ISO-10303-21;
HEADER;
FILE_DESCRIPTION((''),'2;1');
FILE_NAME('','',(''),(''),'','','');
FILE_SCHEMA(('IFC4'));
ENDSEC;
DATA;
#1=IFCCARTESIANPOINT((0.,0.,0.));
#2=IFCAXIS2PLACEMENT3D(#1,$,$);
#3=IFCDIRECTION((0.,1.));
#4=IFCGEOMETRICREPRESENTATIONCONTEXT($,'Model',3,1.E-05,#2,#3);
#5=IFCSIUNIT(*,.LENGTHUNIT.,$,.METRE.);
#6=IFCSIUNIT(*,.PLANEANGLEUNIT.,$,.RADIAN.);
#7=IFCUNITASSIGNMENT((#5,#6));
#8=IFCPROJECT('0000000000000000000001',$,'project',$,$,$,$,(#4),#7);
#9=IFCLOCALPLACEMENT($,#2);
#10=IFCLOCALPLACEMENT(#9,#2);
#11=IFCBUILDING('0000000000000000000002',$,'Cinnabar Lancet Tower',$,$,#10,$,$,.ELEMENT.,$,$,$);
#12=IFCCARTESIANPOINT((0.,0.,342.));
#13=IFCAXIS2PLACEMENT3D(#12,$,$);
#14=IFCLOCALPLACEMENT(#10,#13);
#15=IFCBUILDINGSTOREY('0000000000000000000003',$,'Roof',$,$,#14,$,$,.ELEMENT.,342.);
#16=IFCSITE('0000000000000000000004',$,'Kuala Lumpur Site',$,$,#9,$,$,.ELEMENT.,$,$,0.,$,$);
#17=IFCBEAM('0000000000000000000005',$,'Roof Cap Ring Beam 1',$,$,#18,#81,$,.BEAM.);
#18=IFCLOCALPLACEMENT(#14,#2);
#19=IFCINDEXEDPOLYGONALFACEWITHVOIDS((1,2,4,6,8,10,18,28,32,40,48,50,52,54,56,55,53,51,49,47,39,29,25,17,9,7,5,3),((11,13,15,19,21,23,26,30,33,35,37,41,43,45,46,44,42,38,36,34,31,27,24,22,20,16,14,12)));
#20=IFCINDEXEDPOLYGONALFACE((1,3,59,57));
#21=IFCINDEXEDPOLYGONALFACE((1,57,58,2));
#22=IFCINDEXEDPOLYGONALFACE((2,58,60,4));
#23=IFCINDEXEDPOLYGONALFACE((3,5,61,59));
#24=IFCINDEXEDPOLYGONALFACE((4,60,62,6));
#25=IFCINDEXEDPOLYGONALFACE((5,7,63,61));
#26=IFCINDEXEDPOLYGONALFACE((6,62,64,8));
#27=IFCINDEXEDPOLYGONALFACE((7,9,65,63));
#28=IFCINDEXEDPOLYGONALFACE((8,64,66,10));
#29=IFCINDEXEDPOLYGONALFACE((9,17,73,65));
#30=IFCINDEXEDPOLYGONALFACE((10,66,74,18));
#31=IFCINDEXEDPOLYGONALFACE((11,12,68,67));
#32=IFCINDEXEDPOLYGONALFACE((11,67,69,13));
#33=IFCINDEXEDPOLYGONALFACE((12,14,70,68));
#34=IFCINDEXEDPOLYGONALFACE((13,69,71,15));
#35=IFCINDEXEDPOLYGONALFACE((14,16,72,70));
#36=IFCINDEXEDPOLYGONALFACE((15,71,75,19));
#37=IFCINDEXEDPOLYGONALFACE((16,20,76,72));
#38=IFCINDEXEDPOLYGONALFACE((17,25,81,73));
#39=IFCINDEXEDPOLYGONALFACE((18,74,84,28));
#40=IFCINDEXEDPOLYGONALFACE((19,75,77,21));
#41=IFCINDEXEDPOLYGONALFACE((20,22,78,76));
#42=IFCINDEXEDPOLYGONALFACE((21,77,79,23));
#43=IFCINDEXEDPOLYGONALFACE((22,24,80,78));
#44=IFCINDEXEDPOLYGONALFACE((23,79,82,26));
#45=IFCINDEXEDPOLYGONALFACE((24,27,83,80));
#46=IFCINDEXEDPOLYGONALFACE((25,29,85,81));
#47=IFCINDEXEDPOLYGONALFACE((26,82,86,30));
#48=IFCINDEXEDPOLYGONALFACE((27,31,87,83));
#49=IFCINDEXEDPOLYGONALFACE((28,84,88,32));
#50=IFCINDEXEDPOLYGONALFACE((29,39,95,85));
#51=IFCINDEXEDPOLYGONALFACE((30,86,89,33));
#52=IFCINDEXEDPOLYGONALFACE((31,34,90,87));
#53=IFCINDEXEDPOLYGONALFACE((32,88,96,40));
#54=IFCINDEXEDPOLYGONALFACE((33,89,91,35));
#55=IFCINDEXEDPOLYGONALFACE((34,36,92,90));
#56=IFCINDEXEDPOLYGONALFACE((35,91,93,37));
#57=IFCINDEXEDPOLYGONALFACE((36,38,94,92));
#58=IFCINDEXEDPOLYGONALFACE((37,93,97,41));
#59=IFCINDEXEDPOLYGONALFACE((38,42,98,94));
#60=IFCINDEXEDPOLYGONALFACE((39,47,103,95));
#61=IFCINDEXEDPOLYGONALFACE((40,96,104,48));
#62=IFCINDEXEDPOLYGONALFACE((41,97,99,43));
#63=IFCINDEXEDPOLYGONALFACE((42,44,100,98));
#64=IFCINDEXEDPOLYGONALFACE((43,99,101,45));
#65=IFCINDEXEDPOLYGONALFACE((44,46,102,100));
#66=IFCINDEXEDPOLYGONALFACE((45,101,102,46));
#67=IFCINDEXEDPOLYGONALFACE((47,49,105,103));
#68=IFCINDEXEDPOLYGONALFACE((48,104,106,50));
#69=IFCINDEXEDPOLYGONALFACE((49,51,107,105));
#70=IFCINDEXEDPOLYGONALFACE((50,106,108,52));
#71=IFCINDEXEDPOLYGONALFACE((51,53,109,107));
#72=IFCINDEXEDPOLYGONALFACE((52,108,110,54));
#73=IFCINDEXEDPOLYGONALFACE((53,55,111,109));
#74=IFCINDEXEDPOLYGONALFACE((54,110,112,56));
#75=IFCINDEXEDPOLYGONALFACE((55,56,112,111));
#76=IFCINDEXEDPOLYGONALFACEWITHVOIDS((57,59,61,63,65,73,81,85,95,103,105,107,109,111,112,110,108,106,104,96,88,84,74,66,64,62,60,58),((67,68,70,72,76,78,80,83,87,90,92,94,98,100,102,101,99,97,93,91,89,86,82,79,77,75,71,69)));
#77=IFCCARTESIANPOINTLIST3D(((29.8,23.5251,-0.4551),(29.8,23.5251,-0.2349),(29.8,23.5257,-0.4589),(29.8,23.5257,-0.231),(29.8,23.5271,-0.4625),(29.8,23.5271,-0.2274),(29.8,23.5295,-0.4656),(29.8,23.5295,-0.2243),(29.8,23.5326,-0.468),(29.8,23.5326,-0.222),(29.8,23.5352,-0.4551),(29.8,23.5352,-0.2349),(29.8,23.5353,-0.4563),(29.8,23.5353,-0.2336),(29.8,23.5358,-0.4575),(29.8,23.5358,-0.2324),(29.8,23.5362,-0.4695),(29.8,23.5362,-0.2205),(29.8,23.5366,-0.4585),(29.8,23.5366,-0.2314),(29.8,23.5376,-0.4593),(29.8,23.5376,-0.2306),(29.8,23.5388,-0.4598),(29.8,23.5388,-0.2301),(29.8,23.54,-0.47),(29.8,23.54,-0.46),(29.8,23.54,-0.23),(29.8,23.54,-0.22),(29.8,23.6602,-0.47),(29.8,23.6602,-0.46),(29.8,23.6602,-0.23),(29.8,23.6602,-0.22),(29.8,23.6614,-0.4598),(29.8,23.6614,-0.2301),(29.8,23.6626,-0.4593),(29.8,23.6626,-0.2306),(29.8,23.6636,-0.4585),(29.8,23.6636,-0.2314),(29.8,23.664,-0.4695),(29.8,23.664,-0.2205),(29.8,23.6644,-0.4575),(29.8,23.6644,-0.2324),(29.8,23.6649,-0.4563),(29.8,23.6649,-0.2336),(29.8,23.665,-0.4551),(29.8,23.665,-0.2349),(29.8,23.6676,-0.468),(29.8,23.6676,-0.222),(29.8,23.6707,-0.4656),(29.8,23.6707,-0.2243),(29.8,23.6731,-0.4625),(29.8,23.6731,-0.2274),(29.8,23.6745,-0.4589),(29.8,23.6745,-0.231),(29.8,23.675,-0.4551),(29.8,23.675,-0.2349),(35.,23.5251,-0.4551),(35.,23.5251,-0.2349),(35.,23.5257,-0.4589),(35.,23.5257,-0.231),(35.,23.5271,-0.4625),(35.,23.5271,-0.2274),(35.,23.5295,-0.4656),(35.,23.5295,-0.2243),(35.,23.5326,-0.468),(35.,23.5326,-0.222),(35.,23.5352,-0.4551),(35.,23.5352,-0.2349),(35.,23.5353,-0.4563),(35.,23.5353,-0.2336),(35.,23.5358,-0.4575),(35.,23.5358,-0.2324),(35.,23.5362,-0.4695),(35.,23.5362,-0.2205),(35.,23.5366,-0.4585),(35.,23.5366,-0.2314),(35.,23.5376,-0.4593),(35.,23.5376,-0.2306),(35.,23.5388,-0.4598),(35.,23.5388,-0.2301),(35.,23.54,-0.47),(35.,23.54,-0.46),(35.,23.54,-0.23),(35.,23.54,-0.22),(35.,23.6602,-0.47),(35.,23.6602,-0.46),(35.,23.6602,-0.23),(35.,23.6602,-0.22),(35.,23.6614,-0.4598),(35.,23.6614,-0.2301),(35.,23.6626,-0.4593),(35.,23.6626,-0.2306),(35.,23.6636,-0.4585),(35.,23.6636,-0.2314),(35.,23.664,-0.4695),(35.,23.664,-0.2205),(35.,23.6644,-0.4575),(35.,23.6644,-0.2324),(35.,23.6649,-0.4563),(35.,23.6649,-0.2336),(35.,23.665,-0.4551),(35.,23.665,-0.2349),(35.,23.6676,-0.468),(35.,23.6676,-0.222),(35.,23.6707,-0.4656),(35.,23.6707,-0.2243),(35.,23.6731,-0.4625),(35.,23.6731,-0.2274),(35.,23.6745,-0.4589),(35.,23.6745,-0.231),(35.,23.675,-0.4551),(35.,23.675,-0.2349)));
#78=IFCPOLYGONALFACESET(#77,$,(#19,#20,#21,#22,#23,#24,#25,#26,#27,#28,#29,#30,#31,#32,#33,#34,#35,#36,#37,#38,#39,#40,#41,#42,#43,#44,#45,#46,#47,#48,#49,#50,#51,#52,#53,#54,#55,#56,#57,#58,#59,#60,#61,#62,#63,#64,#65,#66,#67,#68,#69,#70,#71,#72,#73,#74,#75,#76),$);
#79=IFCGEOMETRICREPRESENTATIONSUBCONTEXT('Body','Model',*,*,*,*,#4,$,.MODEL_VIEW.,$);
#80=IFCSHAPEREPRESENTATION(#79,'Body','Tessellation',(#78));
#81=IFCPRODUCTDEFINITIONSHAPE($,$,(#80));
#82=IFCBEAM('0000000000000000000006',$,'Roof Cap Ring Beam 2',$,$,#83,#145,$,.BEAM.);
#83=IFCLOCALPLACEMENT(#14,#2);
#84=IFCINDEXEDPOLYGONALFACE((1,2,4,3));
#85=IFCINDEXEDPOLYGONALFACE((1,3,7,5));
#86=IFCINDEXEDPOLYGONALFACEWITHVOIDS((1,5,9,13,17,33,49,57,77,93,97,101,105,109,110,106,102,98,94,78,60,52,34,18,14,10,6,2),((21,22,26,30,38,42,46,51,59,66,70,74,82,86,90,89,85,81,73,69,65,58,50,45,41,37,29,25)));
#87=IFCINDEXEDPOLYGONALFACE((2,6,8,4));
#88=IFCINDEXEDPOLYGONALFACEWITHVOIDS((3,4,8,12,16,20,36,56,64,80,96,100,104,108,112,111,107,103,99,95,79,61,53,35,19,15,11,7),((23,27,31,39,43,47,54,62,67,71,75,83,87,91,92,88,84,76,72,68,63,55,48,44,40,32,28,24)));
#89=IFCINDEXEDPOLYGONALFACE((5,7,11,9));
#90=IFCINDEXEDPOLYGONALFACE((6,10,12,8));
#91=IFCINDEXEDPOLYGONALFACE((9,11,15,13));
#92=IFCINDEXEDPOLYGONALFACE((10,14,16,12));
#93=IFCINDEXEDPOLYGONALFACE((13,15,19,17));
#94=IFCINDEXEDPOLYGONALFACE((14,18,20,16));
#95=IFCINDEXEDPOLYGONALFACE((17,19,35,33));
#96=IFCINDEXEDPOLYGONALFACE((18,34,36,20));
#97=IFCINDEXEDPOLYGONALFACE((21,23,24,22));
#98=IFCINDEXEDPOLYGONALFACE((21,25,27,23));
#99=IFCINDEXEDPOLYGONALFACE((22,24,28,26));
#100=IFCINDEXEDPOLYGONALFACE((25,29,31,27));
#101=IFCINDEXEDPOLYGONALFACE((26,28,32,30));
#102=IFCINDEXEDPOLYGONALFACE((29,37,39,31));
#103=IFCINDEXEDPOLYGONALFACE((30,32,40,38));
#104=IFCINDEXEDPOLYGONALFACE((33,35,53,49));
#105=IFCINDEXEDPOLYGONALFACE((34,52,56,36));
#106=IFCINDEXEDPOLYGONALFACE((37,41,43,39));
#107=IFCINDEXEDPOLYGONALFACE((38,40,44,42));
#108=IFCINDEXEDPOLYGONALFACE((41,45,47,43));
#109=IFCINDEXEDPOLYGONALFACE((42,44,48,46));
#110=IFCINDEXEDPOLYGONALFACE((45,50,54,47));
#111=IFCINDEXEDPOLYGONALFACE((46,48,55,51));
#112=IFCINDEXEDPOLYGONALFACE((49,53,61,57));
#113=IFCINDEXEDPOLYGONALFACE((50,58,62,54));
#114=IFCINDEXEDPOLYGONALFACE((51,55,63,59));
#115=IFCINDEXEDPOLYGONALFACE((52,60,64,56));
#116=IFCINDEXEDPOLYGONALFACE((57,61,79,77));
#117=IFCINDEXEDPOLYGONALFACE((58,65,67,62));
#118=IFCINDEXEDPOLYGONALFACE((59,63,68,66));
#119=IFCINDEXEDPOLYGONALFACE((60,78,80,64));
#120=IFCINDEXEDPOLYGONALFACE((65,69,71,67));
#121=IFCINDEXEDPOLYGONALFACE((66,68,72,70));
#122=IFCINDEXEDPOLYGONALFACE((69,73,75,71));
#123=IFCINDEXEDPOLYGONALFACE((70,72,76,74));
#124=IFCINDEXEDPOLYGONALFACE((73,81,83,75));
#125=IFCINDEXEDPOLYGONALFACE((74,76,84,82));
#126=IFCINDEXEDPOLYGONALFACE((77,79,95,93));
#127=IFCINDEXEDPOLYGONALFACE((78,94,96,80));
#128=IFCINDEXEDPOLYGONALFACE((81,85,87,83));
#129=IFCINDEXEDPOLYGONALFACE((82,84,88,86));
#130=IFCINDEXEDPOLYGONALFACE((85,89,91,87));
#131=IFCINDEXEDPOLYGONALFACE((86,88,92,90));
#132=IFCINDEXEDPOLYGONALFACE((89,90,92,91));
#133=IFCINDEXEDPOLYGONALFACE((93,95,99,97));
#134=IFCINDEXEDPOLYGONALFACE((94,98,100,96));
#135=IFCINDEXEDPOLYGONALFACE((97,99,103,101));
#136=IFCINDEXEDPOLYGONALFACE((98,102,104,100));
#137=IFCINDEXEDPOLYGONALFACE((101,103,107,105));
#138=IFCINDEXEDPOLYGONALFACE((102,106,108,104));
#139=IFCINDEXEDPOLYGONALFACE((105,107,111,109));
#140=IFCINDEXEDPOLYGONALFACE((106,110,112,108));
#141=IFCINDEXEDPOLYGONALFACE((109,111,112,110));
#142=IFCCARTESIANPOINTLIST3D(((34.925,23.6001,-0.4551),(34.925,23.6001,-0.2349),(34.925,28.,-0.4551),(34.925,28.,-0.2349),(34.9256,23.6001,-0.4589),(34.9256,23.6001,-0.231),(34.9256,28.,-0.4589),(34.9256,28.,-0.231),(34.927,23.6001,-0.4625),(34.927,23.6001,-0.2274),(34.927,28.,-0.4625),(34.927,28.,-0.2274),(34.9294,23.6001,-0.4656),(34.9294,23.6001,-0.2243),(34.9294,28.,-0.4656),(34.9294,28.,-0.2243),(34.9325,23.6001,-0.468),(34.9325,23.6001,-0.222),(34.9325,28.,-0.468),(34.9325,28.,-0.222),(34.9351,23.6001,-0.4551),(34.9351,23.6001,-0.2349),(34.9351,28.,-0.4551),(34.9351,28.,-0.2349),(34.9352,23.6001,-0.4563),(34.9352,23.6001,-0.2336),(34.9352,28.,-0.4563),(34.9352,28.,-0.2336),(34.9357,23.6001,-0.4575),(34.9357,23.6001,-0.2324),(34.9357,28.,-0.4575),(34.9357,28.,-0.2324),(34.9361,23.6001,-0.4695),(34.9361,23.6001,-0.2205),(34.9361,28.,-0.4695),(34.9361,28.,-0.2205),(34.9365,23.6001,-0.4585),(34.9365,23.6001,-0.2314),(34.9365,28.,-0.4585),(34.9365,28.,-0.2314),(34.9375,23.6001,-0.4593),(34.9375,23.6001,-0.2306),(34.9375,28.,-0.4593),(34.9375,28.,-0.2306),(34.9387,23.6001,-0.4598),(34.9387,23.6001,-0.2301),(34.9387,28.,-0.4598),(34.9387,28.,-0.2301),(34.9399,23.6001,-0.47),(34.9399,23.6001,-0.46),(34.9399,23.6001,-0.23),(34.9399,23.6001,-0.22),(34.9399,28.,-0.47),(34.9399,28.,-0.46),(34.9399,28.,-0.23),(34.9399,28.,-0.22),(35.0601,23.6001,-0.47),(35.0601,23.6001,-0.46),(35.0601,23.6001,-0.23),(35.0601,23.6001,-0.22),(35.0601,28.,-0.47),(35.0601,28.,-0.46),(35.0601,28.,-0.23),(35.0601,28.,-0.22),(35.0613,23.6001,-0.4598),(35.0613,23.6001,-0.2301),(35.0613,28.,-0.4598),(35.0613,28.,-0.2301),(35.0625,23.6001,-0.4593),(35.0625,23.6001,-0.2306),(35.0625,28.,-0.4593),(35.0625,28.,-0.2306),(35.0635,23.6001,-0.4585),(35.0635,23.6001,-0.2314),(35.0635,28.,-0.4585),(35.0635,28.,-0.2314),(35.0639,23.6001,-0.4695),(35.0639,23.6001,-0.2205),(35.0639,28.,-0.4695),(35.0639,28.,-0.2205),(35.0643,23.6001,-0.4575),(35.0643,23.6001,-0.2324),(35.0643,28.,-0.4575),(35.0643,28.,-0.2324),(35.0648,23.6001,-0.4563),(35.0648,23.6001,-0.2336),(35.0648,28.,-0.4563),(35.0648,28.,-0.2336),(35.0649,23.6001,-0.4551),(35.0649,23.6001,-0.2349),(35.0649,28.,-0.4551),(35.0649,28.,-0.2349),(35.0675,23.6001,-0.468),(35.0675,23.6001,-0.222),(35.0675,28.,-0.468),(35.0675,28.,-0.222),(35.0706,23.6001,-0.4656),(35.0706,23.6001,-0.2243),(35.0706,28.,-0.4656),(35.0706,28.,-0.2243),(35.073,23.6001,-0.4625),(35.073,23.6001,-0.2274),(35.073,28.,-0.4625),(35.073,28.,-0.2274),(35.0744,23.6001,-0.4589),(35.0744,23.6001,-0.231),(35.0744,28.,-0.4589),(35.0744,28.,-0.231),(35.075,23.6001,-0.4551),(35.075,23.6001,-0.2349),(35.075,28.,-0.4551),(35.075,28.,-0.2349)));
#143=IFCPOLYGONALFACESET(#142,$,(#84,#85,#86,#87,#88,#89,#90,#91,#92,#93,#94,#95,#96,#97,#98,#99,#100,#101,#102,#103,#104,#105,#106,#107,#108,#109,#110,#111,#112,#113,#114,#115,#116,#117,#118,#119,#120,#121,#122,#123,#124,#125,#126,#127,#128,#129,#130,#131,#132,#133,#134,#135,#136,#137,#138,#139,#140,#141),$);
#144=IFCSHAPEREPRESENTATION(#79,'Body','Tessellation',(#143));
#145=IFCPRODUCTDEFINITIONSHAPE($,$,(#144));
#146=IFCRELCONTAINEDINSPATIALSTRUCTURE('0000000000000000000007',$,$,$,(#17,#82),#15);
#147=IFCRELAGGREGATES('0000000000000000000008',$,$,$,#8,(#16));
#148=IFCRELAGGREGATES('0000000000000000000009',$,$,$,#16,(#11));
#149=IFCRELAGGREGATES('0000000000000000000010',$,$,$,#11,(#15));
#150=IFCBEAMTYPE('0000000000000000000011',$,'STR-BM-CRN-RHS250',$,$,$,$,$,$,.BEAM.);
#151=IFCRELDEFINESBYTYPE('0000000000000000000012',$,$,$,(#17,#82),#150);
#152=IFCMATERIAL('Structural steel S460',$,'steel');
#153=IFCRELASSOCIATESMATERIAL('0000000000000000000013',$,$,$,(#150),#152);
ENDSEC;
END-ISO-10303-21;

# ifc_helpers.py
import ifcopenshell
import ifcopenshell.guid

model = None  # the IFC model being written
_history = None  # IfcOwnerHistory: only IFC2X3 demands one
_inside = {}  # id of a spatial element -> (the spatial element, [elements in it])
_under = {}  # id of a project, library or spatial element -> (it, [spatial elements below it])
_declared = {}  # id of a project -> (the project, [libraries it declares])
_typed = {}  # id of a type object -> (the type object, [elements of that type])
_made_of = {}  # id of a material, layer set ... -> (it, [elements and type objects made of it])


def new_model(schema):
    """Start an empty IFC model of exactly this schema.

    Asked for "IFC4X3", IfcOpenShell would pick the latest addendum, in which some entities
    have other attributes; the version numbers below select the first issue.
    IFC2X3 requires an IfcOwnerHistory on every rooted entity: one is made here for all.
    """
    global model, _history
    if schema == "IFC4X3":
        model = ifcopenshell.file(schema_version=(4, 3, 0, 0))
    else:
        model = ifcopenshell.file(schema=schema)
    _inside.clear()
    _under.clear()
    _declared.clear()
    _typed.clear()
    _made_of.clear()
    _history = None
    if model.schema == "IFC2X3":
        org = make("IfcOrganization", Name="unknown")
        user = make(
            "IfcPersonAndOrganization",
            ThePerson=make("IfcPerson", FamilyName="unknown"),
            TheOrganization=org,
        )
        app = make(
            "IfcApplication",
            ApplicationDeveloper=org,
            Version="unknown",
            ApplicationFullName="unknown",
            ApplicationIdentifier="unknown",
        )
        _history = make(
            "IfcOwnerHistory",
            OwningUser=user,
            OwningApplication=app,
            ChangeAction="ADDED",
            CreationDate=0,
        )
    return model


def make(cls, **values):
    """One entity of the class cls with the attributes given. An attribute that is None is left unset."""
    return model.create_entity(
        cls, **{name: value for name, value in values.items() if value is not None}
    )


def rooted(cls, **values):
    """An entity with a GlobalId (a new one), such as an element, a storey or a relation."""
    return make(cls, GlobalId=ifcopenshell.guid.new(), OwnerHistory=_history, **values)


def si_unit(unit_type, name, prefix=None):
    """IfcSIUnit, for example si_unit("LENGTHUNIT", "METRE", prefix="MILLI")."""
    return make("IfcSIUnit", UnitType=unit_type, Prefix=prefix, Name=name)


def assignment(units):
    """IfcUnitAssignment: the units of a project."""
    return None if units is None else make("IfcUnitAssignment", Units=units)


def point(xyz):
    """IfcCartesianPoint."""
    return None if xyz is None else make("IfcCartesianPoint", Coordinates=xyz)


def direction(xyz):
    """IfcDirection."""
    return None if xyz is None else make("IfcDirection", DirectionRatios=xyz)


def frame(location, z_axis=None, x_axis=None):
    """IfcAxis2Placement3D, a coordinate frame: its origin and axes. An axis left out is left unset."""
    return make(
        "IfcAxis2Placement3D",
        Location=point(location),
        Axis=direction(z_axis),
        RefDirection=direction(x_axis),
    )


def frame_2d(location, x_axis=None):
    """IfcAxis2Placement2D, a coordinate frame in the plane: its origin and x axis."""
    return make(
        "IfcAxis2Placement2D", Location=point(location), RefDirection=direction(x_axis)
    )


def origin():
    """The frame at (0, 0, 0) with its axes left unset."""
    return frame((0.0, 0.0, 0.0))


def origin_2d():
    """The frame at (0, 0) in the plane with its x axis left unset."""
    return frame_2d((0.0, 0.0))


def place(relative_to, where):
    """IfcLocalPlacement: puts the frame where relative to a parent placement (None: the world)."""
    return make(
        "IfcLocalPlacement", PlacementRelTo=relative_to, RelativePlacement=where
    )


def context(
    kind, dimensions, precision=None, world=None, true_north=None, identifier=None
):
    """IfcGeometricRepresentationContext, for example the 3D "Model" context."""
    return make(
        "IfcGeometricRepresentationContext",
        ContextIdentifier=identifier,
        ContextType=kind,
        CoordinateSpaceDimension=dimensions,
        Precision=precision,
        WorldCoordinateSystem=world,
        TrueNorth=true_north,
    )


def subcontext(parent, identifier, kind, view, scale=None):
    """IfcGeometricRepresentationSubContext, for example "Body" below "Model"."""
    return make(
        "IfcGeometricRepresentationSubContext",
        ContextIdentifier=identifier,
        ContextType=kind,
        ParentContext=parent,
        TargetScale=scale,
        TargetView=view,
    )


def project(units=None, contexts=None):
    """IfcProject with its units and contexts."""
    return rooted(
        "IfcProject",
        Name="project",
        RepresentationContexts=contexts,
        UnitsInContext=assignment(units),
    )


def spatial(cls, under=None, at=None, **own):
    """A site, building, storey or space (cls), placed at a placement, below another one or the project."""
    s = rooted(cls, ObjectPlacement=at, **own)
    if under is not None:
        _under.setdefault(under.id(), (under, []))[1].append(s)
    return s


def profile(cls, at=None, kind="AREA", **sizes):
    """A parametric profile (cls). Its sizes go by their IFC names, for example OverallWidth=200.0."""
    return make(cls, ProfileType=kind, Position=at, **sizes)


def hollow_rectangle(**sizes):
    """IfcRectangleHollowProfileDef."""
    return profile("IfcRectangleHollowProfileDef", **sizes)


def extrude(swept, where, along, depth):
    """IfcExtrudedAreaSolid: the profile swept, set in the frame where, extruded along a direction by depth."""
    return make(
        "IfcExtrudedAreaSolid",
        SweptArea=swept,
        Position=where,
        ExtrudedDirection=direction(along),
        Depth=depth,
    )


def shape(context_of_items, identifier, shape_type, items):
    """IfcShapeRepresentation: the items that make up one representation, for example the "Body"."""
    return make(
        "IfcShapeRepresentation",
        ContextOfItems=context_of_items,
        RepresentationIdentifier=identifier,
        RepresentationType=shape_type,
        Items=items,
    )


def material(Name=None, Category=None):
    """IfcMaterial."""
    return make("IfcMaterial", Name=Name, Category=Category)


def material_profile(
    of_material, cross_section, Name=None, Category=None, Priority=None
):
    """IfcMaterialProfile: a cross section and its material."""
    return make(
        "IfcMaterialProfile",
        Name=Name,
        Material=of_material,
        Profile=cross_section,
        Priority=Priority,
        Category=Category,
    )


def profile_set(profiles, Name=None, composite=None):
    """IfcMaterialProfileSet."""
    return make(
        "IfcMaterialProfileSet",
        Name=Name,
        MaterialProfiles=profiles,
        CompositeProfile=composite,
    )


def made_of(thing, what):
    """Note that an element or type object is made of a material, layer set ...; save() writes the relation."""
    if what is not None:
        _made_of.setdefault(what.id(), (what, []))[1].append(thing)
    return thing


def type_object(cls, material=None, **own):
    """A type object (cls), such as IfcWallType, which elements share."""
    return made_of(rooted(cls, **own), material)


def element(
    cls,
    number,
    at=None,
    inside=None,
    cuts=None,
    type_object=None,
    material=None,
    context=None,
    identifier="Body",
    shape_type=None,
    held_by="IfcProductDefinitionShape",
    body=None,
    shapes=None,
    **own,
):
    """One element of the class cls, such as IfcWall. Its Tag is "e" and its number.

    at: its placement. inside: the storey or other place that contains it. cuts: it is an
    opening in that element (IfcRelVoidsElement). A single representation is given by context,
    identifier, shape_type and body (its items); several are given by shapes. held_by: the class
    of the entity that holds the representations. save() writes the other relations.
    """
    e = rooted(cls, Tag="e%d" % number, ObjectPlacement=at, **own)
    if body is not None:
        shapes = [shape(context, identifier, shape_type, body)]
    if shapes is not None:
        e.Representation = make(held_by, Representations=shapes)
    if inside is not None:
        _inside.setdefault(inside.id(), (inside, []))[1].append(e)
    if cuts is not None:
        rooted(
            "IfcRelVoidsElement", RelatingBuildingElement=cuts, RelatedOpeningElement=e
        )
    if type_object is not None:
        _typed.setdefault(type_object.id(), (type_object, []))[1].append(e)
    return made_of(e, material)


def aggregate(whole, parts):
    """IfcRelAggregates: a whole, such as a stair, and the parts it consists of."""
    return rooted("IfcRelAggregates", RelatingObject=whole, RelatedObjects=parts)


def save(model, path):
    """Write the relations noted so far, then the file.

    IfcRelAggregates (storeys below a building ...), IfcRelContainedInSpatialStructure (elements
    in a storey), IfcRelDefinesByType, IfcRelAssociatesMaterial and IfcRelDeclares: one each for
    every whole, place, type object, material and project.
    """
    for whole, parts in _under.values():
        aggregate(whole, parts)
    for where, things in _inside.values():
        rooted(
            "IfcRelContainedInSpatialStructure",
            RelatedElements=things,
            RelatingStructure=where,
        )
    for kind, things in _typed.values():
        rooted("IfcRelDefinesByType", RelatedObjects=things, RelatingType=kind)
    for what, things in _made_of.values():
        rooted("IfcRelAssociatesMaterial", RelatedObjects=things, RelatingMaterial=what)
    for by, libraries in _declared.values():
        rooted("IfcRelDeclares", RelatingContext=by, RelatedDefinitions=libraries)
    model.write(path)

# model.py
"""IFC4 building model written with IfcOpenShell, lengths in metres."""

from ifc_helpers import new_model, si_unit, direction, frame, origin, origin_2d, place, context, subcontext, project, spatial, hollow_rectangle, extrude, material, material_profile, profile_set, type_object, element, save


model = new_model("IFC4")

# Units and contexts
model_context = context("Model", 3, precision=1e-05, world=origin(), true_north=direction((0.0, 1.0)))
body_context = subcontext(model_context, "Body", "Model", "MODEL_VIEW")
ifc_project = project(units=[si_unit("LENGTHUNIT", "METRE"), si_unit("PLANEANGLEUNIT", "RADIAN")], contexts=[model_context])

# Site, building, storey
site_placement = place(None, origin())
site = spatial("IfcSite", under=ifc_project, at=site_placement, Name="Kuala Lumpur Site", CompositionType="ELEMENT", RefElevation=0.0)
building_placement = place(site_placement, origin())
building = spatial("IfcBuilding", under=site, at=building_placement, Name="Cinnabar Lancet Tower", CompositionType="ELEMENT")
storey_placement = place(building_placement, frame((0.0, 0.0, 342.0)))
storey = spatial("IfcBuildingStorey", under=building, at=storey_placement, Name="Roof", CompositionType="ELEMENT", Elevation=342.0)

# Beams
ifc_material_1 = material(Name="Structural steel S460", Category="steel")
ifc_material_profile_1 = material_profile(ifc_material_1, hollow_rectangle(XDim=0.1499, YDim=0.25, WallThickness=0.01, InnerFilletRadius=0.0049, OuterFilletRadius=0.0149, at=origin_2d()), Name="RHS 250x150x10")
ifc_profile_set_1 = profile_set([ifc_material_profile_1], Name="Structural steel S460")
beam_type_1 = type_object("IfcBeamType", Name="STR-BM-CRN-RHS250", PredefinedType="BEAM", material=ifc_profile_set_1)
beam_1_placement = place(storey_placement, frame((29.8, 23.6001, -0.345), z_axis=(1.0, 0.0, 0.0), x_axis=(0.0, 1.0, 0.0)))
element("IfcBeam", 1, at=beam_1_placement, inside=storey, type_object=beam_type_1, Name="Roof Cap Ring Beam 1", PredefinedType="BEAM", context=body_context, shape_type="SweptSolid", body=[
    extrude(hollow_rectangle(XDim=0.1499, YDim=0.25, WallThickness=0.01, InnerFilletRadius=0.0049, OuterFilletRadius=0.0149, at=origin_2d()), origin(), (0.0, 0.0, 1.0), 5.2),
])
beam_2_placement = place(storey_placement, frame((35.0, 23.6001, -0.345), z_axis=(0.0, 1.0, 0.0), x_axis=(-1.0, 0.0, 0.0)))
element("IfcBeam", 2, at=beam_2_placement, inside=storey, type_object=beam_type_1, Name="Roof Cap Ring Beam 2", PredefinedType="BEAM", context=body_context, shape_type="SweptSolid", body=[
    extrude(hollow_rectangle(XDim=0.1499, YDim=0.25, WallThickness=0.01, InnerFilletRadius=0.0049, OuterFilletRadius=0.0149, at=origin_2d()), origin(), (0.0, 0.0, 1.0), 4.3999),
])

save(model, "model.ifc")
